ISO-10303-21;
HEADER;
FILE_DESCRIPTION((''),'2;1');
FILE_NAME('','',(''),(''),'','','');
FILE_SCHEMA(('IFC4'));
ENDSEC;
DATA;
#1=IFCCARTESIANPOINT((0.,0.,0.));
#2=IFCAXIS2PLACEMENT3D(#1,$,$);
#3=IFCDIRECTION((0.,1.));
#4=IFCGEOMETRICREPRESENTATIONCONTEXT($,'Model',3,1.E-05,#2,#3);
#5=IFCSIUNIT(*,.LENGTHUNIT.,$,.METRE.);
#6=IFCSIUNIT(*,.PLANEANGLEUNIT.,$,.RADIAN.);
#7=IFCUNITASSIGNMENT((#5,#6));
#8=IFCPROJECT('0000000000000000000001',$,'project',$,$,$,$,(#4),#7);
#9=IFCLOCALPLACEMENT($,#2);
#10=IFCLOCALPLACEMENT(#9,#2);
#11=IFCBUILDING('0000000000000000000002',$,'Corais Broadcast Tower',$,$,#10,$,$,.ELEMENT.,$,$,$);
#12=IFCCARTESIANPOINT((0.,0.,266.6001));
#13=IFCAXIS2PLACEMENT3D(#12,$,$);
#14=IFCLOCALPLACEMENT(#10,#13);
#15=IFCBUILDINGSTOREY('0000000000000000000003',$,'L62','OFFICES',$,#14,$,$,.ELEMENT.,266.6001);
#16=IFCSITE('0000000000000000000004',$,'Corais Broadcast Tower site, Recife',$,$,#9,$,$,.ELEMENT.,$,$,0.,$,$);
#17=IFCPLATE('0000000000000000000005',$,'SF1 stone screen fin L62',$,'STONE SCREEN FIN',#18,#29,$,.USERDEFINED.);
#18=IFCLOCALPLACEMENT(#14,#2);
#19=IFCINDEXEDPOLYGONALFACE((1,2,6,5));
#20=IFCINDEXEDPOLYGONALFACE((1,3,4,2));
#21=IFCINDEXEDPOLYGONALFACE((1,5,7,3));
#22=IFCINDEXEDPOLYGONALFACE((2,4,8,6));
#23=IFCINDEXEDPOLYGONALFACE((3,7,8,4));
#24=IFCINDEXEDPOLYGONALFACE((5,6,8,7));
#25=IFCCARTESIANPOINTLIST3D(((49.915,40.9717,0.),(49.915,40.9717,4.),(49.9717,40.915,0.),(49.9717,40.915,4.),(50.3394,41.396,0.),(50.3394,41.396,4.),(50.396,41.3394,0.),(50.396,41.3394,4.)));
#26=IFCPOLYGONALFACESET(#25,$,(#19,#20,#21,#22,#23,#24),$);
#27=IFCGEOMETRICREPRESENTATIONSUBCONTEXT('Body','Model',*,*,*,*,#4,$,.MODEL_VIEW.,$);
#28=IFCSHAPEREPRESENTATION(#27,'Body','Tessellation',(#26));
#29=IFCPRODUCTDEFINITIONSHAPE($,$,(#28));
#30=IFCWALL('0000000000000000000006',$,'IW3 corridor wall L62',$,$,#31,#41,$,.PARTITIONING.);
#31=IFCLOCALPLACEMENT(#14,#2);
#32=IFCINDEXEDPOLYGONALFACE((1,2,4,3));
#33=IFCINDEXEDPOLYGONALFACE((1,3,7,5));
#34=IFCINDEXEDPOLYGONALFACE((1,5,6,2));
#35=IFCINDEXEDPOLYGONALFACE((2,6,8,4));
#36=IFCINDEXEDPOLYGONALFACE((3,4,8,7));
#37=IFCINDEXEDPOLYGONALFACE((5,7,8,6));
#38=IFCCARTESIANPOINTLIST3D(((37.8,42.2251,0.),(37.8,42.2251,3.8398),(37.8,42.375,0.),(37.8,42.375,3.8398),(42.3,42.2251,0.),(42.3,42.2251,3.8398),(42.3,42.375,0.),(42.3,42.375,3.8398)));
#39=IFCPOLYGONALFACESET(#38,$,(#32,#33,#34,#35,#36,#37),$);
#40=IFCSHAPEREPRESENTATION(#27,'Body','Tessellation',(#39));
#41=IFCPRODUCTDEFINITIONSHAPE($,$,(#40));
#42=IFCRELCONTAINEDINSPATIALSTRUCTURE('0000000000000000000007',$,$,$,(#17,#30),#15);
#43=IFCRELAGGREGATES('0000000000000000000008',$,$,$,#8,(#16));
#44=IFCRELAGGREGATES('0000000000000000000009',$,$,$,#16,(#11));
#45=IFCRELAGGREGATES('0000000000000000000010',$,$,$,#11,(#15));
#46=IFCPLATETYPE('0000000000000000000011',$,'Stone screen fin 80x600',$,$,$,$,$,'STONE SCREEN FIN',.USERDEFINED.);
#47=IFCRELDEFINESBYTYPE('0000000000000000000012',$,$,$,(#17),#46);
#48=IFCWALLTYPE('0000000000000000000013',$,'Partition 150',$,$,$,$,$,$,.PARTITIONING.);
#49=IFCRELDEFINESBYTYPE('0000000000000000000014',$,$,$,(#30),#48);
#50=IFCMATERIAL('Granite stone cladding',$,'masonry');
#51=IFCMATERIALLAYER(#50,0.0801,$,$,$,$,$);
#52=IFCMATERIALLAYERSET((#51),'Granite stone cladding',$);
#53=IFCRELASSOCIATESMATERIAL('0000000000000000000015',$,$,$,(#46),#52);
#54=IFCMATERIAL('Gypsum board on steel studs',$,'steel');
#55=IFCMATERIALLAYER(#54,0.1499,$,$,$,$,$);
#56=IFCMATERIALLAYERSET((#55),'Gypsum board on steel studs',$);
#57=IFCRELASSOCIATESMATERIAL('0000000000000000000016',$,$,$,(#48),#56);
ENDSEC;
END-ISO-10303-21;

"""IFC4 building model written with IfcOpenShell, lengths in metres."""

from ifc_helpers import new_model, si_unit, direction, frame, frame_2d, origin, origin_2d, place, context, subcontext, project, spatial, rectangle, extrude, material, layer, layer_set, type_object, element, save


model = new_model("IFC4")

# Units and contexts
model_context = context("Model", 3, precision=1e-05, world=origin(), true_north=direction((0.0, 1.0)))
body_context = subcontext(model_context, "Body", "Model", "MODEL_VIEW")
ifc_project = project(units=[si_unit("LENGTHUNIT", "METRE"), si_unit("PLANEANGLEUNIT", "RADIAN")], contexts=[model_context])

# Site, building, storey
site_placement = place(None, origin())
site = spatial("IfcSite", under=ifc_project, at=site_placement, Name="Corais Broadcast Tower site, Recife", CompositionType="ELEMENT", RefElevation=0.0)
building_placement = place(site_placement, origin())
building = spatial("IfcBuilding", under=site, at=building_placement, Name="Corais Broadcast Tower", CompositionType="ELEMENT")
storey_placement = place(building_placement, frame((0.0, 0.0, 266.6001)))
storey = spatial("IfcBuildingStorey", under=building, at=storey_placement, Name="L62", Description="OFFICES", CompositionType="ELEMENT", Elevation=266.6001)

# Plate
ifc_material_1 = material(Name="Granite stone cladding", Category="masonry")
ifc_layer_1 = layer(ifc_material_1, 0.0801)
ifc_layer_set_1 = layer_set([ifc_layer_1], Name="Granite stone cladding")
plate_type_1 = type_object("IfcPlateType", Name="Stone screen fin 80x600", ElementType="STONE SCREEN FIN", PredefinedType="USERDEFINED", material=ifc_layer_set_1)
for number, where, z_axis, x_axis, name in (
    (1, (50.1555, 41.1555, 0.0), (0.0, 0.0, 1.0), (0.707107, -0.707107, 0.0), "SF1 stone screen fin L62"),
):
    element("IfcPlate", number, at=place(storey_placement, frame(where, z_axis=z_axis, x_axis=x_axis)), inside=storey, type_object=plate_type_1, Name=name, ObjectType="STONE SCREEN FIN", PredefinedType="USERDEFINED", context=body_context, shape_type="SweptSolid", body=[
        extrude(rectangle(XDim=0.0801, YDim=0.6001, at=origin_2d()), origin(), (0.0, 0.0, 1.0), 4.0),
    ])

# Wall
ifc_material_2 = material(Name="Gypsum board on steel studs", Category="steel")
ifc_layer_2 = layer(ifc_material_2, 0.1499)
ifc_layer_set_2 = layer_set([ifc_layer_2], Name="Gypsum board on steel studs")
wall_type = type_object("IfcWallType", Name="Partition 150", PredefinedType="PARTITIONING", material=ifc_layer_set_2)
wall_placement = place(storey_placement, frame((42.3, 42.3, 0.0), z_axis=(0.0, 0.0, 1.0), x_axis=(-1.0, 0.0, 0.0)))
element("IfcWall", 2, at=wall_placement, inside=storey, type_object=wall_type, Name="IW3 corridor wall L62", PredefinedType="PARTITIONING", context=body_context, shape_type="SweptSolid", body=[
    extrude(rectangle(XDim=4.5, YDim=0.1499, at=frame_2d((2.25, 0.0))), origin(), (0.0, 0.0, 1.0), 3.8398),
])

save(model, "model.ifc")
